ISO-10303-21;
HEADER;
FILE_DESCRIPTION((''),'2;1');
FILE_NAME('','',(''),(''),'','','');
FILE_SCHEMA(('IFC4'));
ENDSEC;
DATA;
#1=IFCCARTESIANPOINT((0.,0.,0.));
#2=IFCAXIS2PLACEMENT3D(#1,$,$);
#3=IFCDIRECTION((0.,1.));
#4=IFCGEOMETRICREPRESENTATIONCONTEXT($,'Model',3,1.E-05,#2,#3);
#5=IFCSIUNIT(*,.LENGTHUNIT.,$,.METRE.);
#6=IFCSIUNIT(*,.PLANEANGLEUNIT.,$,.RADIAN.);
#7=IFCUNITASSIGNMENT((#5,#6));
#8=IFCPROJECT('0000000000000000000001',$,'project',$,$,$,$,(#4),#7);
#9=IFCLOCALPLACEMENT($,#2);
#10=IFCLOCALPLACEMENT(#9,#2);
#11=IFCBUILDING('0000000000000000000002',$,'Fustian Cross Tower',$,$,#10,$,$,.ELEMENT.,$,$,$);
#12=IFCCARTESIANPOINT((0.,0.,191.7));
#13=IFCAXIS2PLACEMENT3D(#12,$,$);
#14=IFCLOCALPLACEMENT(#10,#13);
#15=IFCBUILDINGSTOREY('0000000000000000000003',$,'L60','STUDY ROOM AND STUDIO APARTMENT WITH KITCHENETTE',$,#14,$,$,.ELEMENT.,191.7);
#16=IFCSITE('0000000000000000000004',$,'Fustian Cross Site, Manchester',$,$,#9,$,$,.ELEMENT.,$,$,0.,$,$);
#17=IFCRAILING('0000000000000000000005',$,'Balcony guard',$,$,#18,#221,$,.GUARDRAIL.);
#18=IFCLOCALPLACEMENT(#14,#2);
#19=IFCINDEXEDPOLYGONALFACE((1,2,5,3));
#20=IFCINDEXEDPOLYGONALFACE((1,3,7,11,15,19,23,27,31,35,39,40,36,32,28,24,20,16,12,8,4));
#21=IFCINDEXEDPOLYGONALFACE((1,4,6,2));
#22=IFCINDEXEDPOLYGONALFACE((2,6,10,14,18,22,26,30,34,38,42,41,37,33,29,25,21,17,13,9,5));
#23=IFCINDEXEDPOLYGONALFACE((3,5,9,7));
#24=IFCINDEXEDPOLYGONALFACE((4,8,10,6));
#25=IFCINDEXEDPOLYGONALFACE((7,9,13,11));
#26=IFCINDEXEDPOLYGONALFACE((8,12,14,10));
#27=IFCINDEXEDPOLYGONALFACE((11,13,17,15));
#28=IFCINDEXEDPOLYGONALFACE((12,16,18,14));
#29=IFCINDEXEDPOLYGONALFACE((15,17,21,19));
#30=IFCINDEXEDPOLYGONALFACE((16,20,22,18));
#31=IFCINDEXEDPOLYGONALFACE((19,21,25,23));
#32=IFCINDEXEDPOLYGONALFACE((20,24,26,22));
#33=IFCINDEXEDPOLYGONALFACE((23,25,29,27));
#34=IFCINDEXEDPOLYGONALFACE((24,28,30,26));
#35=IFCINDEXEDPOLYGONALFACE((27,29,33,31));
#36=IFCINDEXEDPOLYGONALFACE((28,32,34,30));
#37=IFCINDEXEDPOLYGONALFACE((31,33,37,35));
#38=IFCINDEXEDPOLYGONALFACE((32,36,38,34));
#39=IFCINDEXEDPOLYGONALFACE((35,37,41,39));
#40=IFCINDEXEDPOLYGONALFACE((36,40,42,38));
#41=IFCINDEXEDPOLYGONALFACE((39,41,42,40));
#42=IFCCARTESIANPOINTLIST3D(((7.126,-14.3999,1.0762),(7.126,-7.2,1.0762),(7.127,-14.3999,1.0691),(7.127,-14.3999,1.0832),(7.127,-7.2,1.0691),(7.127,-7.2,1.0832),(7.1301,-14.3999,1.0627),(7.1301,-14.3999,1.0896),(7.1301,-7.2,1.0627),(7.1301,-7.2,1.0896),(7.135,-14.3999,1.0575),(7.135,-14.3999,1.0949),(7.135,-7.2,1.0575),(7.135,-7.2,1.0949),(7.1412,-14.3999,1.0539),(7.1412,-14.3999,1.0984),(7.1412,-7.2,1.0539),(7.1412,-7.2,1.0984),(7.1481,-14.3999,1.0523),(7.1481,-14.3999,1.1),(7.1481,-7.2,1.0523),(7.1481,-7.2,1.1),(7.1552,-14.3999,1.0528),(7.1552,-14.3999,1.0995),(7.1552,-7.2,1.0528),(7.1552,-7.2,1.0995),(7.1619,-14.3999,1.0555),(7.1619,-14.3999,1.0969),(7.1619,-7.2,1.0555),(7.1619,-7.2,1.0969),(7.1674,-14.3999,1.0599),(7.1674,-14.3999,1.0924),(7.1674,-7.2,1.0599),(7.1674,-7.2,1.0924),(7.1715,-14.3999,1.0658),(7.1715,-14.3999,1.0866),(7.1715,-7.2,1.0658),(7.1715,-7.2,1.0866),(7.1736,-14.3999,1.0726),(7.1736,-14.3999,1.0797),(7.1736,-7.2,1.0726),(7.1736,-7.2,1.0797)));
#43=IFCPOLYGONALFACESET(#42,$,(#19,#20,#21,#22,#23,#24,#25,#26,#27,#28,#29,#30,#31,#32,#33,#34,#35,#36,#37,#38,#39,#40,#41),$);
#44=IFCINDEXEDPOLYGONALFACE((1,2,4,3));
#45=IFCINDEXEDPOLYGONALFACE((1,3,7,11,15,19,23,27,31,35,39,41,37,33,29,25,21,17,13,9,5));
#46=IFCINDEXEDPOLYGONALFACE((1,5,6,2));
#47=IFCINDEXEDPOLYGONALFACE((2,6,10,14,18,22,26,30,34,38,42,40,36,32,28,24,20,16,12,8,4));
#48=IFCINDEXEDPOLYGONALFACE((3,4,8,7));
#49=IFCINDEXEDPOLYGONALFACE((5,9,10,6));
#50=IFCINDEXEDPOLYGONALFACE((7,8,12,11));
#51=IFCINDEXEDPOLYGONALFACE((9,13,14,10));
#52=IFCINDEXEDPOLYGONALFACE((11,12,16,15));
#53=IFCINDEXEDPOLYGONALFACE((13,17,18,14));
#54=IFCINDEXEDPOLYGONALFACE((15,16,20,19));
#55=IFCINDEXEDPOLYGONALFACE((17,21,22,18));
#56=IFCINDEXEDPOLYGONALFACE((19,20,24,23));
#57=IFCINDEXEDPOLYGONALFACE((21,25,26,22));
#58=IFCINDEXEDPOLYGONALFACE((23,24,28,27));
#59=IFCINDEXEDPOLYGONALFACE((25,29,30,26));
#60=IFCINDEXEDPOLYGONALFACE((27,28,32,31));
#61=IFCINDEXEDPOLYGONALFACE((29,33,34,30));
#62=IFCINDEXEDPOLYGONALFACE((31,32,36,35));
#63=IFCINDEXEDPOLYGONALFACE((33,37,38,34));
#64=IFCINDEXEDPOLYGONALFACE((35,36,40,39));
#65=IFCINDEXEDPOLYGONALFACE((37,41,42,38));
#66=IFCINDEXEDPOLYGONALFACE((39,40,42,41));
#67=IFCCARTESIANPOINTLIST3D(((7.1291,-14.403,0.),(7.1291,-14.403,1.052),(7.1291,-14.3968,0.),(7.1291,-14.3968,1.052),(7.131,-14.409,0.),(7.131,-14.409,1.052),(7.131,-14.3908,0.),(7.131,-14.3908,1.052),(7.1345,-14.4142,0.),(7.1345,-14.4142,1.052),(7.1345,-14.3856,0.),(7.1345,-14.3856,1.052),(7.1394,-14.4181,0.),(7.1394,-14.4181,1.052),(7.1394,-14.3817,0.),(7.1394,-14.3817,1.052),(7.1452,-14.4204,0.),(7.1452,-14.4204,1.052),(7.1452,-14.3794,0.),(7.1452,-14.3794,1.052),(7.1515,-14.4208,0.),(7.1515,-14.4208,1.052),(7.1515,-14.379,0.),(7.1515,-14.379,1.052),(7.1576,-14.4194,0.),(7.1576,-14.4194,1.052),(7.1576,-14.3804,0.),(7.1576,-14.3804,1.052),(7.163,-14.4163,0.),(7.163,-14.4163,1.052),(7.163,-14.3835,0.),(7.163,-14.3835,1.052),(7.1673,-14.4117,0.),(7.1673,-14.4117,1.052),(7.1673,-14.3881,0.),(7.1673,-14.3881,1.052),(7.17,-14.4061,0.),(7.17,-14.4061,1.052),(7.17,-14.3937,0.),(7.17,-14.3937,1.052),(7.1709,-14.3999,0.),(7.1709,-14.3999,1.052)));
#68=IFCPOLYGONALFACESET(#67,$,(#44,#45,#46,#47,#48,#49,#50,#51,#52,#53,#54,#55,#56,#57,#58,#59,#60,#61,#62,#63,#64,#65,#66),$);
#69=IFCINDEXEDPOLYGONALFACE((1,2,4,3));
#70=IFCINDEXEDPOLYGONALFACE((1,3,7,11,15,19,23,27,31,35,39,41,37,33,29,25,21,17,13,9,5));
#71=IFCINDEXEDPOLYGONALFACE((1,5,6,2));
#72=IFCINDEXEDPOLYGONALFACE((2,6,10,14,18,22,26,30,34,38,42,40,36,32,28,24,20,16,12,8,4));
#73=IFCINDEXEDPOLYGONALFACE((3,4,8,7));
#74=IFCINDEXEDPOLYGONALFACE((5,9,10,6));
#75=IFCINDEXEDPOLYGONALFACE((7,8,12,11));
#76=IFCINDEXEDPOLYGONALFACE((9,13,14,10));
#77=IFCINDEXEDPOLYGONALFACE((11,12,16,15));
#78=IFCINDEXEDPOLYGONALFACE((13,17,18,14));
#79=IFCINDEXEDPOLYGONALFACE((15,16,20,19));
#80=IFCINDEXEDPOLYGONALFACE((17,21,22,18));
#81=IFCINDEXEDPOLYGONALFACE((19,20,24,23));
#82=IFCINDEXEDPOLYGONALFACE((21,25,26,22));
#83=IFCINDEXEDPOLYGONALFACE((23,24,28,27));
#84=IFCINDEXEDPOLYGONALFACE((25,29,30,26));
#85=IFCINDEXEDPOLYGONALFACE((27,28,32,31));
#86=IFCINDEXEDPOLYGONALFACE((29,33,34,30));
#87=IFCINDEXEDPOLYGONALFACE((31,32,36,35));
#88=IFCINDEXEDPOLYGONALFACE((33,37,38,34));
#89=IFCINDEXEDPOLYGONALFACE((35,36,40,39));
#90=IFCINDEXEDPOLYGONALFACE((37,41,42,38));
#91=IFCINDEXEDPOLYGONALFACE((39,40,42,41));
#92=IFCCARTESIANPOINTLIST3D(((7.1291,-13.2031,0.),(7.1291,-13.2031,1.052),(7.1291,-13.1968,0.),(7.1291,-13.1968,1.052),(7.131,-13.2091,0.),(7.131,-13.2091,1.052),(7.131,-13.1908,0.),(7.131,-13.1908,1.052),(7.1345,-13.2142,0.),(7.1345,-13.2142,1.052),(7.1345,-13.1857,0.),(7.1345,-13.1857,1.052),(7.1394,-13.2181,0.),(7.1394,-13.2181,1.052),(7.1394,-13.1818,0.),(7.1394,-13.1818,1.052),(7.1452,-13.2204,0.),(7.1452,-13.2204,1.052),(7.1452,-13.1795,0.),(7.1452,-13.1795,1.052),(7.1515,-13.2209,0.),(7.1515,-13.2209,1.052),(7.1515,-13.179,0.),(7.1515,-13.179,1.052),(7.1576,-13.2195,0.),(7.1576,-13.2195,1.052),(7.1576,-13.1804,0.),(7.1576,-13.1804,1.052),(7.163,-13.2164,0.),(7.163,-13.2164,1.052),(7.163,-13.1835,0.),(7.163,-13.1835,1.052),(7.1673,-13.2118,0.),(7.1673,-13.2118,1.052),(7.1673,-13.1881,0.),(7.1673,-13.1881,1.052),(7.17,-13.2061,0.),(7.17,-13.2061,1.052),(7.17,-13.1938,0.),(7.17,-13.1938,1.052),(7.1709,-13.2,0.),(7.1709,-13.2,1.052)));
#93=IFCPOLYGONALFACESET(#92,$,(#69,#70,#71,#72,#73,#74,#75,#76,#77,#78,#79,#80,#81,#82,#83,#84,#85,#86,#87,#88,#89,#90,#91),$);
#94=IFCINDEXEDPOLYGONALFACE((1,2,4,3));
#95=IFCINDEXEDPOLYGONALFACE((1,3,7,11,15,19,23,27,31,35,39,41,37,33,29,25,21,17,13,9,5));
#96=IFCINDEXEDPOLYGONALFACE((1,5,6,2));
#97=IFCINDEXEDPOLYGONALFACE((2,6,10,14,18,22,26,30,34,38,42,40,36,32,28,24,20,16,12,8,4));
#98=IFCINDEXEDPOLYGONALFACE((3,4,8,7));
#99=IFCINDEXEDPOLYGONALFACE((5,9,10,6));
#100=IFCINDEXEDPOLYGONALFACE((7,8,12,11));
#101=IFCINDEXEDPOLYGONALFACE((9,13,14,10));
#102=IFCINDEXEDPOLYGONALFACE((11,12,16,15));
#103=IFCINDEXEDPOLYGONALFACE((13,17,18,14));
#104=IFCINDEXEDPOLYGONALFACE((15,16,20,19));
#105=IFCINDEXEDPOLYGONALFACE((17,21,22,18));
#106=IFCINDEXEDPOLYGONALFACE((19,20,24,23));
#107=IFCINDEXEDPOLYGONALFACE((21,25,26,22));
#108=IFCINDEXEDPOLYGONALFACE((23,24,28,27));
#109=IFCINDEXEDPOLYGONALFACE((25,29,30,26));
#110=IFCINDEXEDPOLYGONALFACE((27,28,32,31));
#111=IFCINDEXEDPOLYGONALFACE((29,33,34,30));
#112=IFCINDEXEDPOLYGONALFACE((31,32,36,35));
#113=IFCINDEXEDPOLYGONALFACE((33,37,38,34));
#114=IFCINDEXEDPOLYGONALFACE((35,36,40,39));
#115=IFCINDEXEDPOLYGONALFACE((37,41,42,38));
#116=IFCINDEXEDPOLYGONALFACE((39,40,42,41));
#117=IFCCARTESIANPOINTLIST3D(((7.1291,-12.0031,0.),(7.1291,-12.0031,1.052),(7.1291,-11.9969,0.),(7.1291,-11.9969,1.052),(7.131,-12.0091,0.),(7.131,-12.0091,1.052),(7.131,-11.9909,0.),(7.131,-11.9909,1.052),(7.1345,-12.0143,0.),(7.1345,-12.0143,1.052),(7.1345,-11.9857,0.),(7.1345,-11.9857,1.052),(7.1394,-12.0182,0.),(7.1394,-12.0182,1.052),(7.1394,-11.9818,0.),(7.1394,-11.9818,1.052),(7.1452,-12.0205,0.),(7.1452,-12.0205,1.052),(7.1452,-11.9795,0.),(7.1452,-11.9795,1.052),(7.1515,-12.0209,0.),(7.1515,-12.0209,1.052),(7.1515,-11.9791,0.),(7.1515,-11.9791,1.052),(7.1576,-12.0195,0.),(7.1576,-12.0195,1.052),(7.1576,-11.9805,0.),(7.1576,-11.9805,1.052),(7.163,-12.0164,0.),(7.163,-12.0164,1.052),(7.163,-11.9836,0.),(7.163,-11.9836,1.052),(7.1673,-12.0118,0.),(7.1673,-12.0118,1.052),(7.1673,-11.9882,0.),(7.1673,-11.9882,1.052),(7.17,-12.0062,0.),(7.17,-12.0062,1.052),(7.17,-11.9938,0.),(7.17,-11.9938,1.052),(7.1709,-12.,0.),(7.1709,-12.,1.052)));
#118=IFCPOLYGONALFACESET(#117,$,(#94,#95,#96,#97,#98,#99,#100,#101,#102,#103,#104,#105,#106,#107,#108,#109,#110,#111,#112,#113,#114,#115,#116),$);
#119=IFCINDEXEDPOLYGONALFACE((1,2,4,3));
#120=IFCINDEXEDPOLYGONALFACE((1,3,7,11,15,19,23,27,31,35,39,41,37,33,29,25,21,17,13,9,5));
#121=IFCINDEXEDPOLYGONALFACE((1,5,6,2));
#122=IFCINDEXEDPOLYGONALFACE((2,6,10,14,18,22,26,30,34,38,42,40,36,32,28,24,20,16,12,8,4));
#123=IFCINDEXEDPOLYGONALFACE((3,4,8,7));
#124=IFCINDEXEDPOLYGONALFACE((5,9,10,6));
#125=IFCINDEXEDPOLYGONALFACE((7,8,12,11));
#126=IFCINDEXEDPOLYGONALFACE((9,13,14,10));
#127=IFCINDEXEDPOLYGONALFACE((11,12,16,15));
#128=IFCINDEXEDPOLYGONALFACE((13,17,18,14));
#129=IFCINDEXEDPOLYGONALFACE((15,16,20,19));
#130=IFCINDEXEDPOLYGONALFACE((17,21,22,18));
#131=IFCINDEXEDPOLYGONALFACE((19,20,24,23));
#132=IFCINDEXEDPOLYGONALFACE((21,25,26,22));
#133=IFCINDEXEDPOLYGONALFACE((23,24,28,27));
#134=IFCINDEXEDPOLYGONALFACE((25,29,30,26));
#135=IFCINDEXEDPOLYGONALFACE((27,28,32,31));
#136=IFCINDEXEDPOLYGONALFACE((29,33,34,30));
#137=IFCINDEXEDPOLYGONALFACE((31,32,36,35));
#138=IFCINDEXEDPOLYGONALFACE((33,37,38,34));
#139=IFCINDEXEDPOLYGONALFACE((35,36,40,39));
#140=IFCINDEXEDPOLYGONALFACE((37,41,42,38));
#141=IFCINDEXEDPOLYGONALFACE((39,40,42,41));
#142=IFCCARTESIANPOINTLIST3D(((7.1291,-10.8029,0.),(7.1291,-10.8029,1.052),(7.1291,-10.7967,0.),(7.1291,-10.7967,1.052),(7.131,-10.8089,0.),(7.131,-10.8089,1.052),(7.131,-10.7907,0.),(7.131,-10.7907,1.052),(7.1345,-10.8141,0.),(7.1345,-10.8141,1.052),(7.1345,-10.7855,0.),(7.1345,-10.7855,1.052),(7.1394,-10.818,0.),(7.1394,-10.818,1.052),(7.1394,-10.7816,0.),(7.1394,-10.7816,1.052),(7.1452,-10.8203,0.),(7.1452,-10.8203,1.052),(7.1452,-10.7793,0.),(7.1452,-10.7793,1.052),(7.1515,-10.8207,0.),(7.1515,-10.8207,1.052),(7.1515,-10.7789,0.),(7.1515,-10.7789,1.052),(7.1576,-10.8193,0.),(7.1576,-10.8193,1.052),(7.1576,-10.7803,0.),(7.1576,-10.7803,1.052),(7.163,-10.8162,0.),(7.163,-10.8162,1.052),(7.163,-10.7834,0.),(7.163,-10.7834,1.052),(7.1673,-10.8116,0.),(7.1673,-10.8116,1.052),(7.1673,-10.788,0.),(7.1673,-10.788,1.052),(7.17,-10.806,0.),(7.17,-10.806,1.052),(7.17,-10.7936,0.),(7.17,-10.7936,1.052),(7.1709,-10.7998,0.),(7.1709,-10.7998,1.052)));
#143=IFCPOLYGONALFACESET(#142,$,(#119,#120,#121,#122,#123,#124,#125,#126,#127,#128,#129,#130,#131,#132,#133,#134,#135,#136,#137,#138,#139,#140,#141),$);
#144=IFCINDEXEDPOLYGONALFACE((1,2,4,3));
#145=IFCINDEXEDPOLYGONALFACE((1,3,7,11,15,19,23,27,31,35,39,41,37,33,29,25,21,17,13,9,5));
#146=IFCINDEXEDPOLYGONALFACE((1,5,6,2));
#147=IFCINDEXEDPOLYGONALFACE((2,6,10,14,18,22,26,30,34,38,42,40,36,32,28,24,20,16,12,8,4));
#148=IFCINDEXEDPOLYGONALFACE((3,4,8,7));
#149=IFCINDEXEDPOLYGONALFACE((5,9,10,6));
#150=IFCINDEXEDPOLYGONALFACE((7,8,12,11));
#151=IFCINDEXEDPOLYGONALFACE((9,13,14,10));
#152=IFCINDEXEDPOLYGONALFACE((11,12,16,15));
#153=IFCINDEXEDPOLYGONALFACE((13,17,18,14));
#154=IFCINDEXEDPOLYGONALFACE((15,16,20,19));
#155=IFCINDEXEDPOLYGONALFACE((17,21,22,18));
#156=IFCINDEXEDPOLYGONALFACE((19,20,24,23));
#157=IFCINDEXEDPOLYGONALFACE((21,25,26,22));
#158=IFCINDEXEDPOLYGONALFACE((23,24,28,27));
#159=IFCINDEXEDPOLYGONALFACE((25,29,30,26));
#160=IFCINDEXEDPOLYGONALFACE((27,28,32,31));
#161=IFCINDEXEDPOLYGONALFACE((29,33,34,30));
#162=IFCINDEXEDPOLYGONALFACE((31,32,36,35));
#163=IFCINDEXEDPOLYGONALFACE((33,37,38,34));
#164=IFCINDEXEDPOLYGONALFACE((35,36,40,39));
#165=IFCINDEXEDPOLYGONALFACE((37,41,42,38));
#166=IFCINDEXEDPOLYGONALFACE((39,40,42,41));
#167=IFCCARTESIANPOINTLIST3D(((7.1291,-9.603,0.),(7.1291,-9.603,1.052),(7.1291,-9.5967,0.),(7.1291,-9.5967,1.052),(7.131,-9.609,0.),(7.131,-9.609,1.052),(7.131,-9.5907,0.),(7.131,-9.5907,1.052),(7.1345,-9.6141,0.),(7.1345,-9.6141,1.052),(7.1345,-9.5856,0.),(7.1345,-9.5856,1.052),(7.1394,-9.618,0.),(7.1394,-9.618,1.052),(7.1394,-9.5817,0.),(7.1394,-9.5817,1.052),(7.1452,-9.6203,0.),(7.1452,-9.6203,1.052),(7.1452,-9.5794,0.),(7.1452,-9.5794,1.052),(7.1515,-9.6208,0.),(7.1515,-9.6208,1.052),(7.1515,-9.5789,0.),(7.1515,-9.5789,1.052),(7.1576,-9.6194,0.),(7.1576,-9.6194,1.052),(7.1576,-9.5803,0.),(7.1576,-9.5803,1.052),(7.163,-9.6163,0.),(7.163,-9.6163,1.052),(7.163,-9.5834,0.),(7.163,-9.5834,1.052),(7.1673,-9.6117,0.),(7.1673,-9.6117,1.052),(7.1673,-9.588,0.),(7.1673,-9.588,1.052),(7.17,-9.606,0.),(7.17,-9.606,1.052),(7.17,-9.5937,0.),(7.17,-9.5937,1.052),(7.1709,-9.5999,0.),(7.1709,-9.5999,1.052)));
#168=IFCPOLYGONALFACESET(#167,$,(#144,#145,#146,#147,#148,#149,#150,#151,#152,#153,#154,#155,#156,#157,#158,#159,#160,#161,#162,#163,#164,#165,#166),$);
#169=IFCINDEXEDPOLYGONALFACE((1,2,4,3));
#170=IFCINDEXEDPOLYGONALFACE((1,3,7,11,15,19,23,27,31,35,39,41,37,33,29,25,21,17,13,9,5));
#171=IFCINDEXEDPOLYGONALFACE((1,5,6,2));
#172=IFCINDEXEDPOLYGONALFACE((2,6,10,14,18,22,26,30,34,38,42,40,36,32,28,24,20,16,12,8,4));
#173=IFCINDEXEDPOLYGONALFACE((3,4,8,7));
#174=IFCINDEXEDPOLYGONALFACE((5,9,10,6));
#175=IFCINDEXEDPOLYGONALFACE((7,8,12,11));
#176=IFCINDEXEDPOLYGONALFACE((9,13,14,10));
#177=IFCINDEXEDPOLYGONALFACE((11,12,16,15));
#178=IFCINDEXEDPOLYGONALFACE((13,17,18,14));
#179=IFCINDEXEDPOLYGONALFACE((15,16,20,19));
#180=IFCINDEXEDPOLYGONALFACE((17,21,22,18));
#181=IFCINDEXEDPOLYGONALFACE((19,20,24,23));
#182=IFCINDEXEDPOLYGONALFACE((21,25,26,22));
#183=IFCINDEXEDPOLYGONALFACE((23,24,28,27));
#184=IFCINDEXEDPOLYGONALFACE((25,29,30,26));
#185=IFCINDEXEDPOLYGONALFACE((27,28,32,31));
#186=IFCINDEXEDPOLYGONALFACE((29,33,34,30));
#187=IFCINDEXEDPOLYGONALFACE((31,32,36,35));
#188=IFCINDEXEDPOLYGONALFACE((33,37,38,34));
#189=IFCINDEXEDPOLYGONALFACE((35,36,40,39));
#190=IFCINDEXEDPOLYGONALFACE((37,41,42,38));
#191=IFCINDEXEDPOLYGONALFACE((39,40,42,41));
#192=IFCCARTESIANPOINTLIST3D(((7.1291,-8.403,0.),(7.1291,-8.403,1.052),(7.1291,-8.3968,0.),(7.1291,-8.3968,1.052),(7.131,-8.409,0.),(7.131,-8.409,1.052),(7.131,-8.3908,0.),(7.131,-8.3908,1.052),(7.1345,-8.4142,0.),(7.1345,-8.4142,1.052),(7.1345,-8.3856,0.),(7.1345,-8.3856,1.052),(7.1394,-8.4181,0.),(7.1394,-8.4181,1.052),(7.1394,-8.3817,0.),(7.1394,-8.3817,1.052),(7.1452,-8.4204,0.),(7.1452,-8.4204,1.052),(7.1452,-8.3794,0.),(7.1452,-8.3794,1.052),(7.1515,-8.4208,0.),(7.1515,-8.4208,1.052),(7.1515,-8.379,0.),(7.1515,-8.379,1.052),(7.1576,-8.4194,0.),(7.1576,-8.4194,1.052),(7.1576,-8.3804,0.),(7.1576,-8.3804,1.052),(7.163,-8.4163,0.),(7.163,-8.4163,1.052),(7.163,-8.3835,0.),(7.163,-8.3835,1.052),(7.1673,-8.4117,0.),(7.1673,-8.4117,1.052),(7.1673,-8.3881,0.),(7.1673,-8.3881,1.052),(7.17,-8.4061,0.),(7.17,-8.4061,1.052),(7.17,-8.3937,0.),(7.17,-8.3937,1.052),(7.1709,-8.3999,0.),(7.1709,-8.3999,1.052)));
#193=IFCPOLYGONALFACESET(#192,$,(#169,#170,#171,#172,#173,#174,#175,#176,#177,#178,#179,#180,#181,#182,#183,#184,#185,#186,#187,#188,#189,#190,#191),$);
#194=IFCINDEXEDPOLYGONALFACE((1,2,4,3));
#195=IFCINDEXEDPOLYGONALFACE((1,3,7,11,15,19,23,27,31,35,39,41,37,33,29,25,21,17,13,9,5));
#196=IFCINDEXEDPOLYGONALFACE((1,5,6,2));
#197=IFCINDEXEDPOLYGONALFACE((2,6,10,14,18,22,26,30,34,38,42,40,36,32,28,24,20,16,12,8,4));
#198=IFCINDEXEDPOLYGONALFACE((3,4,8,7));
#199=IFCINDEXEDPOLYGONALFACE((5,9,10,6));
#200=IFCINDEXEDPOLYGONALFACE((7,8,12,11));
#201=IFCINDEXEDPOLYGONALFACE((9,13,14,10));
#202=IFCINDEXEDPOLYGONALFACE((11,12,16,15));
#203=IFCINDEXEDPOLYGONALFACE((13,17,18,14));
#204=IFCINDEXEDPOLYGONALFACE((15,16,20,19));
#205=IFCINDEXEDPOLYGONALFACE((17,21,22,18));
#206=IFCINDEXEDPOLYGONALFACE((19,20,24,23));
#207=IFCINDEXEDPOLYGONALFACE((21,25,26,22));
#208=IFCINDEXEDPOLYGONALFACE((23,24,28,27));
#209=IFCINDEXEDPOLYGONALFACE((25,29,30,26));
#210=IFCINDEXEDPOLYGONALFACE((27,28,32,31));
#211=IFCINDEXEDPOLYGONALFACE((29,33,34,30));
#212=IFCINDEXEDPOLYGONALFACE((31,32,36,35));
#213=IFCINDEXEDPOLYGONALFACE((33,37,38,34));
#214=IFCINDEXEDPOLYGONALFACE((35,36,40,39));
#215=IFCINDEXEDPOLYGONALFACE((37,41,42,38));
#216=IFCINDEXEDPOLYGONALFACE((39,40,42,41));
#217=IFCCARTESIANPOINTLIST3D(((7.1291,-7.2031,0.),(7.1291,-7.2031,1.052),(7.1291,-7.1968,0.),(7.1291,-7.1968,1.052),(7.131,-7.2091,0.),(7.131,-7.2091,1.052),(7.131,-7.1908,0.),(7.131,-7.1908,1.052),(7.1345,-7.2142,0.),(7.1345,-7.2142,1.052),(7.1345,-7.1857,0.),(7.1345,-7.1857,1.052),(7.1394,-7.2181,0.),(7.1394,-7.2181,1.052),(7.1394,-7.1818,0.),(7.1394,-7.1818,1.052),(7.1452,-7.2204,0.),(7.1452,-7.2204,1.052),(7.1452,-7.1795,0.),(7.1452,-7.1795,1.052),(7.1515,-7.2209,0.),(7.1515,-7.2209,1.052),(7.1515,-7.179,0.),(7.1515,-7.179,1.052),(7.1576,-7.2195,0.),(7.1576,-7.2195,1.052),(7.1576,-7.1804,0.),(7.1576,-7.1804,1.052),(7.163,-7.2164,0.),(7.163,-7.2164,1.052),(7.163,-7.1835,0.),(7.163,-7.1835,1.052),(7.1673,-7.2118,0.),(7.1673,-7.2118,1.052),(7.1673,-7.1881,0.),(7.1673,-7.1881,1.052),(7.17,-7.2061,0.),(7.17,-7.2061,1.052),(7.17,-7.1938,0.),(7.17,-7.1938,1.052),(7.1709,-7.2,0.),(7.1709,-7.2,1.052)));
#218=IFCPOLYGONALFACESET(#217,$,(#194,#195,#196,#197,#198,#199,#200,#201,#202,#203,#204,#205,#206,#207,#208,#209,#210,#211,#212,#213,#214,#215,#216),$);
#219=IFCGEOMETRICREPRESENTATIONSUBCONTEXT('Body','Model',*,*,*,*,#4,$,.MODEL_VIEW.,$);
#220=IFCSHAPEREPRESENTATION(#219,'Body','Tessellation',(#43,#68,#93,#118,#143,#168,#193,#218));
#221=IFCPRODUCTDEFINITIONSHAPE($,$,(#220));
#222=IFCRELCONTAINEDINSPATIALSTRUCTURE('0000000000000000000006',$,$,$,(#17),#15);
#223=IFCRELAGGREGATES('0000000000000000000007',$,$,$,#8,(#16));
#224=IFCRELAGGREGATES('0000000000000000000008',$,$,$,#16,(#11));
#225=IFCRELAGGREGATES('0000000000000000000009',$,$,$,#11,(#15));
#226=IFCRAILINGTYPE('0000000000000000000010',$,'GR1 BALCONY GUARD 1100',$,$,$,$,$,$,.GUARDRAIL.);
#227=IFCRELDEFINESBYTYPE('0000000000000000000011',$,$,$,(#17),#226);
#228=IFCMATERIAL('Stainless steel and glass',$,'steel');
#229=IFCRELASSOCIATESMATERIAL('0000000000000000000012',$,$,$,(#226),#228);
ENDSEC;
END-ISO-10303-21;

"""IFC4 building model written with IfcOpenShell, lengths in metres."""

from ifc_helpers import new_model, si_unit, direction, frame, origin, origin_2d, place, context, subcontext, project, spatial, circle, extrude, material, type_object, element, save


model = new_model("IFC4")

# Units and contexts
model_context = context("Model", 3, precision=1e-05, world=origin(), true_north=direction((0.0, 1.0)))
body_context = subcontext(model_context, "Body", "Model", "MODEL_VIEW")
ifc_project = project(units=[si_unit("LENGTHUNIT", "METRE"), si_unit("PLANEANGLEUNIT", "RADIAN")], contexts=[model_context])

# Site, building, storey
site_placement = place(None, origin())
site = spatial("IfcSite", under=ifc_project, at=site_placement, Name="Fustian Cross Site, Manchester", CompositionType="ELEMENT", RefElevation=0.0)
building_placement = place(site_placement, origin())
building = spatial("IfcBuilding", under=site, at=building_placement, Name="Fustian Cross Tower", CompositionType="ELEMENT")
storey_placement = place(building_placement, frame((0.0, 0.0, 191.7)))
storey = spatial("IfcBuildingStorey", under=building, at=storey_placement, Name="L60", Description="STUDY ROOM AND STUDIO APARTMENT WITH KITCHENETTE", CompositionType="ELEMENT", Elevation=191.7)

# Railing
ifc_material_1 = material(Name="Stainless steel and glass", Category="steel")
railing_type = type_object("IfcRailingType", Name="GR1 BALCONY GUARD 1100", PredefinedType="GUARDRAIL", material=ifc_material_1)
railing_placement = place(storey_placement, frame((7.1499, -14.3999, 0.0)))
element("IfcRailing", 1, at=railing_placement, inside=storey, type_object=railing_type, Name="Balcony guard", PredefinedType="GUARDRAIL", context=body_context, shape_type="SweptSolid", body=[
    extrude(circle(Radius=0.0239, at=origin_2d()), frame((0.0, 0.0, 1.0762), z_axis=(0.0, 1.0, 0.0), x_axis=(-1.0, 0.0, 0.0)), (0.0, 0.0, 1.0), 7.2),
    extrude(circle(Radius=0.021, at=origin_2d()), origin(), (0.0, 0.0, 1.0), 1.052),
    extrude(circle(Radius=0.021, at=origin_2d()), frame((0.0, 1.2, 0.0)), (0.0, 0.0, 1.0), 1.052),
    extrude(circle(Radius=0.021, at=origin_2d()), frame((0.0, 2.3999, 0.0)), (0.0, 0.0, 1.0), 1.052),
    extrude(circle(Radius=0.021, at=origin_2d()), frame((0.0, 3.6001, 0.0)), (0.0, 0.0, 1.0), 1.052),
    extrude(circle(Radius=0.021, at=origin_2d()), frame((0.0, 4.8, 0.0)), (0.0, 0.0, 1.0), 1.052),
    extrude(circle(Radius=0.021, at=origin_2d()), frame((0.0, 6.0, 0.0)), (0.0, 0.0, 1.0), 1.052),
    extrude(circle(Radius=0.021, at=origin_2d()), frame((0.0, 7.2, 0.0)), (0.0, 0.0, 1.0), 1.052),
])

save(model, "model.ifc")
